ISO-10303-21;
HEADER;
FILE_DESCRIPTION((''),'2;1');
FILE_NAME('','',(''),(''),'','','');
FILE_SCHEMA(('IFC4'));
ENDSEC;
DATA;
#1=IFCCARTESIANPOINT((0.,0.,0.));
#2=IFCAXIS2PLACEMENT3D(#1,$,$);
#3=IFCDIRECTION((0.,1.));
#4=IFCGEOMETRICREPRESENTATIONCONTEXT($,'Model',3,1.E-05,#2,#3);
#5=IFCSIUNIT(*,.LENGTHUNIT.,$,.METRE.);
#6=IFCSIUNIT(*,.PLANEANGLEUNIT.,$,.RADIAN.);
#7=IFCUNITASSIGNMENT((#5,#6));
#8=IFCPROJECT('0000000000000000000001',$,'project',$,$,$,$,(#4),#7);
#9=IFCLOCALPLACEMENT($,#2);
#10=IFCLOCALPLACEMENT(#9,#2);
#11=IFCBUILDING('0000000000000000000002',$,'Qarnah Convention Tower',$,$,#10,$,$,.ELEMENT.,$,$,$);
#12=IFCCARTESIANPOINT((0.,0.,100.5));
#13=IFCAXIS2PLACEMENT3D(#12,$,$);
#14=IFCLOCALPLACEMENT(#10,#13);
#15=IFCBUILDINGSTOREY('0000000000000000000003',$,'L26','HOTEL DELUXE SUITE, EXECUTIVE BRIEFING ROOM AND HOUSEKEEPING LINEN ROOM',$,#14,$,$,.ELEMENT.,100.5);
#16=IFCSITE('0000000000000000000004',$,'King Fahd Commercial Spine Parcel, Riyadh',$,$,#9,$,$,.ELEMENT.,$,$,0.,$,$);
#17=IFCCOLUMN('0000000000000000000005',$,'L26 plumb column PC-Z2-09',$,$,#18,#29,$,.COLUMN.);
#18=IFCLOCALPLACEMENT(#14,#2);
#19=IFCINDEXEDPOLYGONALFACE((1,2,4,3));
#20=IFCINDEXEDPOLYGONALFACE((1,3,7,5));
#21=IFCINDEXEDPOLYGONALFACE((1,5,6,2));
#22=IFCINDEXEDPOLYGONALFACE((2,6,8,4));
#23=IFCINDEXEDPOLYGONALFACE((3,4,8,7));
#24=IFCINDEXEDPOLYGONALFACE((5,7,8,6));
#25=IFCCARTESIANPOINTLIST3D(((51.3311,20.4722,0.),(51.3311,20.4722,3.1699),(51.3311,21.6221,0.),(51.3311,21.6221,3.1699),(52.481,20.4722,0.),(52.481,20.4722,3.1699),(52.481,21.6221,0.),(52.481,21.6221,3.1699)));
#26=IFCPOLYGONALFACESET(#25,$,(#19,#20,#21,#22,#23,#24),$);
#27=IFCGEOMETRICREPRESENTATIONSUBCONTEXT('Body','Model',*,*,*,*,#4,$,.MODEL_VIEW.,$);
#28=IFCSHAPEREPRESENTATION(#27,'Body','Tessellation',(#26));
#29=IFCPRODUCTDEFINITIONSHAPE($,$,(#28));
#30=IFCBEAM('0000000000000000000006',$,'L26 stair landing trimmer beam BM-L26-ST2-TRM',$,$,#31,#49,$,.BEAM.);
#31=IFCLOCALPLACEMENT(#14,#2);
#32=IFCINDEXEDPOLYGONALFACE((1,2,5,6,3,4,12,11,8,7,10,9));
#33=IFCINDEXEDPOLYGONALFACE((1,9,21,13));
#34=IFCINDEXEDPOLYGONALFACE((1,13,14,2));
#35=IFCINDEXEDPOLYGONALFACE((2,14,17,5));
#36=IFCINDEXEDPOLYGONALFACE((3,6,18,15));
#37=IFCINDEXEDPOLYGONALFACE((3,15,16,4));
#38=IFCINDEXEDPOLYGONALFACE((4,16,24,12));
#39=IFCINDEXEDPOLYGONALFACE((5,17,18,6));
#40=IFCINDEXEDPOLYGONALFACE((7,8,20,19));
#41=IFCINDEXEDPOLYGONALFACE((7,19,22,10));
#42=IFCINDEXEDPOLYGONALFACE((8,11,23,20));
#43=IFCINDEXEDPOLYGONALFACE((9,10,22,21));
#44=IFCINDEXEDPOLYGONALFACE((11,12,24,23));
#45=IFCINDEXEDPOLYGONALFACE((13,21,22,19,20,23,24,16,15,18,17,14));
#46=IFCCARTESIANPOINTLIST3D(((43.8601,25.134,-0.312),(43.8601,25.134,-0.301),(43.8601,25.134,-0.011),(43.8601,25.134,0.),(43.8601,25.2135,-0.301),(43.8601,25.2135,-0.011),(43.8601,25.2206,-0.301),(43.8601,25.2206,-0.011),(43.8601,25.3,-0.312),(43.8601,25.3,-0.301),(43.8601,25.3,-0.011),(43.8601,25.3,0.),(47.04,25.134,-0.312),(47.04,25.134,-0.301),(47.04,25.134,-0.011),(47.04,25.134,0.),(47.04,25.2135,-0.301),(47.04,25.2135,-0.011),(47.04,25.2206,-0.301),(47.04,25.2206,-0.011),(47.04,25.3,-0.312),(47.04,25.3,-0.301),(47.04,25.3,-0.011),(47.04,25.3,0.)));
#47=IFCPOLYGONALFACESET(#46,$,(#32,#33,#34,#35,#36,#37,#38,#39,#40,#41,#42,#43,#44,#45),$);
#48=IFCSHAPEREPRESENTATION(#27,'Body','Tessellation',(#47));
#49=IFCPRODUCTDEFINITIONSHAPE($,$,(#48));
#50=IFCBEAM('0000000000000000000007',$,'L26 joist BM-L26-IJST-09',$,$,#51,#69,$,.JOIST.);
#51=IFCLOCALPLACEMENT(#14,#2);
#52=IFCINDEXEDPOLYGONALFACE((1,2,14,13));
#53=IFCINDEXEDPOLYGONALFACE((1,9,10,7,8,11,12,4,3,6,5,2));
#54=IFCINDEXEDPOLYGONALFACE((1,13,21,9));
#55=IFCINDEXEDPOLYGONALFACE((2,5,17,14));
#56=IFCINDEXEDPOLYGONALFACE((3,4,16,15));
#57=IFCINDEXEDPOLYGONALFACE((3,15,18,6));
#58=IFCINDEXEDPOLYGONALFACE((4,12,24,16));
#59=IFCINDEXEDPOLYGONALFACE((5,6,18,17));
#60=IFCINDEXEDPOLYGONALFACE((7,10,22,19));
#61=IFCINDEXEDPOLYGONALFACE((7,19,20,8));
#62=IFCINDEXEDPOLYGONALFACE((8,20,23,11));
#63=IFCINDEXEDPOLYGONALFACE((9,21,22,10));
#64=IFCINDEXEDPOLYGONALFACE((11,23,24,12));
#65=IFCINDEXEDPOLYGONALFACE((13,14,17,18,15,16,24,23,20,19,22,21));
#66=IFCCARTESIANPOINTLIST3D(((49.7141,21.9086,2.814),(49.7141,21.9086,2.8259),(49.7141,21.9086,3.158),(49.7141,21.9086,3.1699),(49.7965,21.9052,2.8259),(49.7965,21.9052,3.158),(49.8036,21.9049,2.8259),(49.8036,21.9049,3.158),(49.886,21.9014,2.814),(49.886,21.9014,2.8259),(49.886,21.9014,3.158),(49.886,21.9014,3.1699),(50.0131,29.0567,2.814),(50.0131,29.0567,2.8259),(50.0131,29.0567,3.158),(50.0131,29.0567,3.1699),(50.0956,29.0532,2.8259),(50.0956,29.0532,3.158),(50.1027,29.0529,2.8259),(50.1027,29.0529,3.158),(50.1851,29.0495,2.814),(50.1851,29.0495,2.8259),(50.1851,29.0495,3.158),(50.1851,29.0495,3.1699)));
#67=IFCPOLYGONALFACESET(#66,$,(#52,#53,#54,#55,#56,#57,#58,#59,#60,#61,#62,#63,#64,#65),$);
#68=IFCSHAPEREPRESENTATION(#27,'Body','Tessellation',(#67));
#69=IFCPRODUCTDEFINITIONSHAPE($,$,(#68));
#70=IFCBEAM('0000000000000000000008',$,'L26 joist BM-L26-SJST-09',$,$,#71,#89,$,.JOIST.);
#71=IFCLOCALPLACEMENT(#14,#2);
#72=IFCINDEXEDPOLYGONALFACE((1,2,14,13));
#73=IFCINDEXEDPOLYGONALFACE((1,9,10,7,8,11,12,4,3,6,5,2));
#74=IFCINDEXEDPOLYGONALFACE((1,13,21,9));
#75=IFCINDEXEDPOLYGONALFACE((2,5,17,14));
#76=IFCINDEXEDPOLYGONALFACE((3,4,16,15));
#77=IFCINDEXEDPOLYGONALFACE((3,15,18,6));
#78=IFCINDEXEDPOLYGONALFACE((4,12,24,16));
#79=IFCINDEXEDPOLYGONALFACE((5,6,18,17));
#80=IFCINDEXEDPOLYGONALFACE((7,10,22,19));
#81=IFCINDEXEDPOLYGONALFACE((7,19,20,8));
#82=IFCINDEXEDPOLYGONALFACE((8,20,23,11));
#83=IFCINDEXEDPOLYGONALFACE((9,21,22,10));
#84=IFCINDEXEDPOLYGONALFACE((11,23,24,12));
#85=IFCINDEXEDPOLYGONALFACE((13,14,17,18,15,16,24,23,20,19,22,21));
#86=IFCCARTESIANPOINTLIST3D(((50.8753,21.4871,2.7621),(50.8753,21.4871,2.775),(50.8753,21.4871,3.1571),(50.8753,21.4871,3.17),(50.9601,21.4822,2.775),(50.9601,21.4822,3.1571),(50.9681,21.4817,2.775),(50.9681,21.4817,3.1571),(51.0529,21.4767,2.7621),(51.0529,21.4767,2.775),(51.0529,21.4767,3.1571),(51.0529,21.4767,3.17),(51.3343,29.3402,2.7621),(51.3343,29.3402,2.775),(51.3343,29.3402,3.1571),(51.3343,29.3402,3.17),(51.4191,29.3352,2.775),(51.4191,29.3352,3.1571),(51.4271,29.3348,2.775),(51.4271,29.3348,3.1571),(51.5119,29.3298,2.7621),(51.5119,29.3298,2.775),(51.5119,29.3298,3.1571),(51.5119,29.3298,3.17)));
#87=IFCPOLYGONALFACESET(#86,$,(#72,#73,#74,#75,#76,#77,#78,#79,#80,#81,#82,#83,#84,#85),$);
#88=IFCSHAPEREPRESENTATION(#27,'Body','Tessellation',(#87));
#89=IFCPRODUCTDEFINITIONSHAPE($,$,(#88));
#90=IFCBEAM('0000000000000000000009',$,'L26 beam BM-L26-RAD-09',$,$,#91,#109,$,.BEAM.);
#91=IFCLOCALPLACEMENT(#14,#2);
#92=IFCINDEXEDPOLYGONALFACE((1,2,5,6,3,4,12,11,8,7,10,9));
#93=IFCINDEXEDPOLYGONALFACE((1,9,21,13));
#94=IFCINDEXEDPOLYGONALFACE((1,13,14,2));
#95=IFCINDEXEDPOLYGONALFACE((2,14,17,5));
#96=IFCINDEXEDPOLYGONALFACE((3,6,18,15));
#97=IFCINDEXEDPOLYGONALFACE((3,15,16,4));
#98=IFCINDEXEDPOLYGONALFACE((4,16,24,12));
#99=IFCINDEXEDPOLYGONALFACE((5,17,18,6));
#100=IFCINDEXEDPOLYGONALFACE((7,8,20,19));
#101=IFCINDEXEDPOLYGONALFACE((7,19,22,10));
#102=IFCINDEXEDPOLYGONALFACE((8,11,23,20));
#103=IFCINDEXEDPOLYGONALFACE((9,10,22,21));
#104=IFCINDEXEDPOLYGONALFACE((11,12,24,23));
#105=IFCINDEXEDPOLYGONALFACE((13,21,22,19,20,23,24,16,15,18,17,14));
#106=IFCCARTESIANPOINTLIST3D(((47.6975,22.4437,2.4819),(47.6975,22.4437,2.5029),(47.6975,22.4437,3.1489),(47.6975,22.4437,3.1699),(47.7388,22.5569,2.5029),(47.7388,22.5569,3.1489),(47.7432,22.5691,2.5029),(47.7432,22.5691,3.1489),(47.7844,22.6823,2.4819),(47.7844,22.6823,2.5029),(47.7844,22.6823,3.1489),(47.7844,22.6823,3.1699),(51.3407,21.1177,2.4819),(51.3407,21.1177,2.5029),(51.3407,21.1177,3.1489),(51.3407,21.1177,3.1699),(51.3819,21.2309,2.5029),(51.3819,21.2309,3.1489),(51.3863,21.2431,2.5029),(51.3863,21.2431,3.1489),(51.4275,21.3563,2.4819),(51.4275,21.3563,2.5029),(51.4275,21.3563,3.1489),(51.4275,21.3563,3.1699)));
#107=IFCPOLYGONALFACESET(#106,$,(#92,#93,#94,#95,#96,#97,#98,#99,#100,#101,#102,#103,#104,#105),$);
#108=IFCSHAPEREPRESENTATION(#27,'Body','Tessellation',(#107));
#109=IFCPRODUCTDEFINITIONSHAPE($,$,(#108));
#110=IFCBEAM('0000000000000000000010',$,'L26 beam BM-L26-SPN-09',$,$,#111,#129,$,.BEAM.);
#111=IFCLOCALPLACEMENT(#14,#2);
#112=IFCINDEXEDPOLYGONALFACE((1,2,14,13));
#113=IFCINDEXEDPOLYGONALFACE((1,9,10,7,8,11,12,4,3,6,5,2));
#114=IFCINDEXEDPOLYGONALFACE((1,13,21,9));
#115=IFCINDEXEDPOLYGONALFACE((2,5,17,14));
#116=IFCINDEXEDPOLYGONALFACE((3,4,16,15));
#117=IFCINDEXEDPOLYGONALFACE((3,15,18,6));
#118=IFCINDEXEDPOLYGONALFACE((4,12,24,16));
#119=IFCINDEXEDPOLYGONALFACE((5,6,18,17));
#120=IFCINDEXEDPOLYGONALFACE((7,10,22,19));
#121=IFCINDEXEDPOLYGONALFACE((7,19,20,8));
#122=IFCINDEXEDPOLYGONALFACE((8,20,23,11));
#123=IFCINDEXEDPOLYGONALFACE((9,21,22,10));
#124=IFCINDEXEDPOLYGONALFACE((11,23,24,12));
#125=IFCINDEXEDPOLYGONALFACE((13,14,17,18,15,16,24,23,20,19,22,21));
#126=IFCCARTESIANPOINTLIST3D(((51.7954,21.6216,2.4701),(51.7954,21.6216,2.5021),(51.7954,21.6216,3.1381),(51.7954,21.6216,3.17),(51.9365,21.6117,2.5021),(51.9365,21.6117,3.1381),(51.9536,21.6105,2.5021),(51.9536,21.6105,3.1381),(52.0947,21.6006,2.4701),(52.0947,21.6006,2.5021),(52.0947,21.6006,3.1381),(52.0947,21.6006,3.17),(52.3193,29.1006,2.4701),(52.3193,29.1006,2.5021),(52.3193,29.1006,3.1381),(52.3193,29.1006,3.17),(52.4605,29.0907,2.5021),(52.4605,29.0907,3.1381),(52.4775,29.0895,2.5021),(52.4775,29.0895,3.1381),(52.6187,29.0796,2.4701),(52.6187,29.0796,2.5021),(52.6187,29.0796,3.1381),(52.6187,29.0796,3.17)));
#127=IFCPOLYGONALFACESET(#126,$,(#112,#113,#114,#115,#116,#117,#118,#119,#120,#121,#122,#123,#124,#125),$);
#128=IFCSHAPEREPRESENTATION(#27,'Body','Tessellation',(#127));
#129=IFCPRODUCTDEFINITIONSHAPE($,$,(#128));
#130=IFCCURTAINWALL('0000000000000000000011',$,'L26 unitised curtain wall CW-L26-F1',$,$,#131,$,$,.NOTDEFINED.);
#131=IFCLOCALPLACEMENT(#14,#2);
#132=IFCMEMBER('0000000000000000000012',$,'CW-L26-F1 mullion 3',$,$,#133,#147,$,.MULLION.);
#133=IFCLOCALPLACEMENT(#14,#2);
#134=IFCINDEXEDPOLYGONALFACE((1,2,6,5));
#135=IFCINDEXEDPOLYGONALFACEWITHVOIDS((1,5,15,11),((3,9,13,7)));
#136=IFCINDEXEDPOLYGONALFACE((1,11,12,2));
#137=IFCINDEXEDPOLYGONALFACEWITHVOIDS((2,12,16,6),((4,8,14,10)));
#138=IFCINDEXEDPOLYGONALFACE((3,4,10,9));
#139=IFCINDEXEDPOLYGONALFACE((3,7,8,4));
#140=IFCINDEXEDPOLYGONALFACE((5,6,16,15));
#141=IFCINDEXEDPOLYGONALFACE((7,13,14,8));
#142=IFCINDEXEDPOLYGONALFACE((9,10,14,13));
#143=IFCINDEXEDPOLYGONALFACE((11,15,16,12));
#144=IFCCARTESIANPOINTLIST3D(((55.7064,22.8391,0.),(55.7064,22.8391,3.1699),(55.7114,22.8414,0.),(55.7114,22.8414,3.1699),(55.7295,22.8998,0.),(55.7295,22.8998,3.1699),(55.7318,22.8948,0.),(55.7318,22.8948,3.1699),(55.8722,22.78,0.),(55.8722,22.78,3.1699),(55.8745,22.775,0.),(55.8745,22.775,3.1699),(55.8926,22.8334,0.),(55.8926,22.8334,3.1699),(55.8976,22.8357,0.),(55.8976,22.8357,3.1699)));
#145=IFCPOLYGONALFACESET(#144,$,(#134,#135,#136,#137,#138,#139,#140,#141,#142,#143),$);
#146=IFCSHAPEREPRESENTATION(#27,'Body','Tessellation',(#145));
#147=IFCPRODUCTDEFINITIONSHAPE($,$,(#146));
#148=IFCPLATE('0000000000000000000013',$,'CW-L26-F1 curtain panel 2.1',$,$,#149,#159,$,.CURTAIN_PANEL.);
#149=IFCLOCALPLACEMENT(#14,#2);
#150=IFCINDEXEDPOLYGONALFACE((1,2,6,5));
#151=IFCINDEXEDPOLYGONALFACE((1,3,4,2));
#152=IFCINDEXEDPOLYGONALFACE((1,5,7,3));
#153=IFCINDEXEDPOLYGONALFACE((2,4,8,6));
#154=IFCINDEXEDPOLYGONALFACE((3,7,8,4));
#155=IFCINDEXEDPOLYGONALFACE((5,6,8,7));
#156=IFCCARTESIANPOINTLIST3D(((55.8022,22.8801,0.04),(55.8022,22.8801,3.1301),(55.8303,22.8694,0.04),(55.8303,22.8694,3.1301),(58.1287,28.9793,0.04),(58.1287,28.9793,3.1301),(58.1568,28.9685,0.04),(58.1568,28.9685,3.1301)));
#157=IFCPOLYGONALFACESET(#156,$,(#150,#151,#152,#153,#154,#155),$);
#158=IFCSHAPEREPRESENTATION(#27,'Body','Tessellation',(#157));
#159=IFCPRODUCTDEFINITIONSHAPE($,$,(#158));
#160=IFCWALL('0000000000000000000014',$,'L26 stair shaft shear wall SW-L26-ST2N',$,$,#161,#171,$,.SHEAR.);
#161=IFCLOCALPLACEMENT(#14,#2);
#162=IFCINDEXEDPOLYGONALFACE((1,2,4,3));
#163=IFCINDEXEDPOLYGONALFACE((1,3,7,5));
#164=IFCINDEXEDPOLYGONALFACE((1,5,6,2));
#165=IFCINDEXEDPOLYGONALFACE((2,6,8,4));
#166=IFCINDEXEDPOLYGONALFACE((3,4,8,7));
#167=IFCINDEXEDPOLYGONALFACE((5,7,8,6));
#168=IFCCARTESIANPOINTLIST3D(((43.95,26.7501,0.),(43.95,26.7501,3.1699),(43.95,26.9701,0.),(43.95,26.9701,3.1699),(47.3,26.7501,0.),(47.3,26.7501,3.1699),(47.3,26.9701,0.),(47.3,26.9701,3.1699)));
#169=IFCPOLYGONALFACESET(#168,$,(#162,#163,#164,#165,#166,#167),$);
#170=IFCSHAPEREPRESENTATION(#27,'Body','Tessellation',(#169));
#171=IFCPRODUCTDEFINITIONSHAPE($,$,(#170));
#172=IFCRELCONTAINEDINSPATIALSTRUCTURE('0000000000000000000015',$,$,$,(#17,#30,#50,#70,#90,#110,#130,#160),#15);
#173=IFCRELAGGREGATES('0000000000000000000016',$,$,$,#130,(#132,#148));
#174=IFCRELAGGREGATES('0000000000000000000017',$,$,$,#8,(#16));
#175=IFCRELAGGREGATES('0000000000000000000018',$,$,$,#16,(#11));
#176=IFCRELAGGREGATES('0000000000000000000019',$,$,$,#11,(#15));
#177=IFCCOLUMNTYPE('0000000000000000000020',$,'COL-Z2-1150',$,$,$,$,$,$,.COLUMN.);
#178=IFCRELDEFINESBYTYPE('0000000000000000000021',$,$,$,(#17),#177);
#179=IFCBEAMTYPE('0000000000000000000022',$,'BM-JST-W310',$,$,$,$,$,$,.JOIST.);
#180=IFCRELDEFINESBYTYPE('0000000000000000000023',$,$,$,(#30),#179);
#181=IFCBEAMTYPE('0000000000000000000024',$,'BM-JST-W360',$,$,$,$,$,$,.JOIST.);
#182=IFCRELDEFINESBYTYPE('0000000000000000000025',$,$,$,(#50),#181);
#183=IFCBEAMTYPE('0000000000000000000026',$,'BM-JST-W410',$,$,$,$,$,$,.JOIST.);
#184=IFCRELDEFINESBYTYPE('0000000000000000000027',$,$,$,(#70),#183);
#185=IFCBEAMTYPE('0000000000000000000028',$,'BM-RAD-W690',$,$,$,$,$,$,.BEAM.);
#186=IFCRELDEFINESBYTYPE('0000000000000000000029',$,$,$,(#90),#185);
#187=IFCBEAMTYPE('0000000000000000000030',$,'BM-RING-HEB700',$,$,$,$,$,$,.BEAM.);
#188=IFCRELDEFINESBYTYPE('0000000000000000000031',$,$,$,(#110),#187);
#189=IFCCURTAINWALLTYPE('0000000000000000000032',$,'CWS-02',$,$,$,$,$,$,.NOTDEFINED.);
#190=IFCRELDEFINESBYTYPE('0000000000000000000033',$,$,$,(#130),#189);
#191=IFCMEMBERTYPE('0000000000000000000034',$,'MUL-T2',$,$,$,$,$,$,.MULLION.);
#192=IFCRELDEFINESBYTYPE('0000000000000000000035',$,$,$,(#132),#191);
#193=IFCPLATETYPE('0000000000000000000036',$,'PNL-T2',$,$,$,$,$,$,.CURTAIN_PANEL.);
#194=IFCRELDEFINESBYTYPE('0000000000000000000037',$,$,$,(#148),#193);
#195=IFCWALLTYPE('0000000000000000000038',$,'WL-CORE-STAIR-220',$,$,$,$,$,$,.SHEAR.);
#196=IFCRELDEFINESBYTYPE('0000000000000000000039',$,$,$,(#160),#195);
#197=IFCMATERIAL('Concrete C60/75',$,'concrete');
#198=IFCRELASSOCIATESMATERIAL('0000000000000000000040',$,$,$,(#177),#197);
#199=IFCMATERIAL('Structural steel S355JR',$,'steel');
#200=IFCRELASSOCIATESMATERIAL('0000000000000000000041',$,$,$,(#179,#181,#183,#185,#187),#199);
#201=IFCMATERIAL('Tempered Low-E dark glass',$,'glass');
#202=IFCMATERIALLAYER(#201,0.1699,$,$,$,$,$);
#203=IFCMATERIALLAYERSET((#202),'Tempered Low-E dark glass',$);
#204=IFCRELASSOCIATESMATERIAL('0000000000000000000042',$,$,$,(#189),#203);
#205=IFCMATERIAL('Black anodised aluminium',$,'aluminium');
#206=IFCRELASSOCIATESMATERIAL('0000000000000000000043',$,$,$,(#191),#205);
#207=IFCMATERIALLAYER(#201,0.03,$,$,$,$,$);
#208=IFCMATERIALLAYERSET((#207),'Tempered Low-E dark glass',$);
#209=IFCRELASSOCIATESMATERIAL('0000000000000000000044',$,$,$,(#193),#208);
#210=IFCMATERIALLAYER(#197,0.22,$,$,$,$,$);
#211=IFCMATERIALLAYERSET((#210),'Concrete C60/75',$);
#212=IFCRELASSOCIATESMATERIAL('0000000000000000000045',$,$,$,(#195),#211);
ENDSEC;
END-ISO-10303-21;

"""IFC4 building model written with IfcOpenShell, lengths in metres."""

from ifc_helpers import new_model, si_unit, direction, frame, frame_2d, origin, origin_2d, place, context, subcontext, project, spatial, rectangle, hollow_rectangle, i_section, extrude, material, layer, layer_set, material_profile, profile_set, type_object, element, aggregate, save


model = new_model("IFC4")

# Units and contexts
model_context = context("Model", 3, precision=1e-05, world=origin(), true_north=direction((0.0, 1.0)))
body_context = subcontext(model_context, "Body", "Model", "MODEL_VIEW")
ifc_project = project(units=[si_unit("LENGTHUNIT", "METRE"), si_unit("PLANEANGLEUNIT", "RADIAN")], contexts=[model_context])

# Site, building, storey
site_placement = place(None, origin())
site = spatial("IfcSite", under=ifc_project, at=site_placement, Name="King Fahd Commercial Spine Parcel, Riyadh", CompositionType="ELEMENT", RefElevation=0.0)
building_placement = place(site_placement, origin())
building = spatial("IfcBuilding", under=site, at=building_placement, Name="Qarnah Convention Tower", CompositionType="ELEMENT")
storey_placement = place(building_placement, frame((0.0, 0.0, 100.5)))
storey = spatial("IfcBuildingStorey", under=building, at=storey_placement, Name="L26", Description="HOTEL DELUXE SUITE, EXECUTIVE BRIEFING ROOM AND HOUSEKEEPING LINEN ROOM", CompositionType="ELEMENT", Elevation=100.5)

# Column
ifc_material_1 = material(Name="Concrete C60/75", Category="concrete")
ifc_material_profile_1 = material_profile(ifc_material_1, rectangle(XDim=1.1499, YDim=1.1499, at=origin_2d()), Name="RC-COL-1150X1150")
ifc_profile_set_1 = profile_set([ifc_material_profile_1], Name="Concrete C60/75")
column_type = type_object("IfcColumnType", Name="COL-Z2-1150", PredefinedType="COLUMN", material=ifc_profile_set_1)
column_placement = place(storey_placement, frame((51.906, 21.0471, 0.0), z_axis=(0.0, 0.0, 1.0), x_axis=(1.0, 0.0, 0.0)))
element("IfcColumn", 1, at=column_placement, inside=storey, type_object=column_type, Name="L26 plumb column PC-Z2-09", PredefinedType="COLUMN", context=body_context, shape_type="SweptSolid", body=[
    extrude(rectangle(XDim=1.1499, YDim=1.1499, at=origin_2d()), origin(), (0.0, 0.0, 1.0), 3.1699),
])

# Beams
ifc_material_2 = material(Name="Structural steel S355JR", Category="steel")
ifc_material_profile_2 = material_profile(ifc_material_2, i_section(OverallWidth=0.166, OverallDepth=0.312, WebThickness=0.0071, FlangeThickness=0.011, at=origin_2d()), Name="W310X45")
ifc_profile_set_2 = profile_set([ifc_material_profile_2], Name="Structural steel S355JR")
beam_type_1 = type_object("IfcBeamType", Name="BM-JST-W310", PredefinedType="JOIST", material=ifc_profile_set_2)
beam_1_placement = place(storey_placement, frame((43.8601, 25.217, -0.156), z_axis=(1.0, 0.0, 0.0), x_axis=(0.0, 1.0, 0.0)))
element("IfcBeam", 2, at=beam_1_placement, inside=storey, type_object=beam_type_1, Name="L26 stair landing trimmer beam BM-L26-ST2-TRM", PredefinedType="BEAM", context=body_context, shape_type="SweptSolid", body=[
    extrude(i_section(OverallWidth=0.166, OverallDepth=0.312, WebThickness=0.0071, FlangeThickness=0.011, at=origin_2d()), origin(), (0.0, 0.0, 1.0), 3.1799),
])
ifc_material_profile_3 = material_profile(ifc_material_2, i_section(OverallWidth=0.1721, OverallDepth=0.356, WebThickness=0.0071, FlangeThickness=0.012, at=origin_2d()), Name="W360X51")
ifc_profile_set_3 = profile_set([ifc_material_profile_3], Name="Structural steel S355JR")
beam_type_2 = type_object("IfcBeamType", Name="BM-JST-W360", PredefinedType="JOIST", material=ifc_profile_set_3)
beam_2_placement = place(storey_placement, frame((49.8, 21.905, 2.9919), z_axis=(0.041804, 0.999126, 0.0), x_axis=(-0.999126, 0.041804, 0.0)))
element("IfcBeam", 3, at=beam_2_placement, inside=storey, type_object=beam_type_2, Name="L26 joist BM-L26-IJST-09", PredefinedType="JOIST", context=body_context, shape_type="SweptSolid", body=[
    extrude(i_section(OverallWidth=0.1721, OverallDepth=0.356, WebThickness=0.0071, FlangeThickness=0.012, at=origin_2d()), origin(), (0.0, 0.0, 1.0), 7.1543),
])
ifc_material_profile_4 = material_profile(ifc_material_2, i_section(OverallWidth=0.178, OverallDepth=0.408, WebThickness=0.0081, FlangeThickness=0.0129, at=origin_2d()), Name="W410X60")
ifc_profile_set_4 = profile_set([ifc_material_profile_4], Name="Structural steel S355JR")
beam_type_3 = type_object("IfcBeamType", Name="BM-JST-W410", PredefinedType="JOIST", material=ifc_profile_set_4)
beam_3_placement = place(storey_placement, frame((50.9641, 21.4819, 2.9661), z_axis=(0.058347, 0.998296, 0.0), x_axis=(-0.998296, 0.058347, 0.0)))
element("IfcBeam", 4, at=beam_3_placement, inside=storey, type_object=beam_type_3, Name="L26 joist BM-L26-SJST-09", PredefinedType="JOIST", context=body_context, shape_type="SweptSolid", body=[
    extrude(i_section(OverallWidth=0.178, OverallDepth=0.408, WebThickness=0.0081, FlangeThickness=0.0129, at=origin_2d()), origin(), (0.0, 0.0, 1.0), 7.8665),
])
ifc_material_profile_5 = material_profile(ifc_material_2, i_section(OverallWidth=0.2539, OverallDepth=0.688, WebThickness=0.0129, FlangeThickness=0.021, at=origin_2d()), Name="W690X152")
ifc_profile_set_5 = profile_set([ifc_material_profile_5], Name="Structural steel S355JR")
beam_type_4 = type_object("IfcBeamType", Name="BM-RAD-W690", PredefinedType="BEAM", material=ifc_profile_set_5)
beam_4_placement = place(storey_placement, frame((47.741, 22.563, 2.8259), z_axis=(0.939696, -0.342011, 0.0), x_axis=(0.342011, 0.939696, 0.0)))
element("IfcBeam", 5, at=beam_4_placement, inside=storey, type_object=beam_type_4, Name="L26 beam BM-L26-RAD-09", PredefinedType="BEAM", context=body_context, shape_type="SweptSolid", body=[
    extrude(i_section(OverallWidth=0.2539, OverallDepth=0.688, WebThickness=0.0129, FlangeThickness=0.021, at=origin_2d()), origin(), (0.0, 0.0, 1.0), 3.877),
])
ifc_material_profile_6 = material_profile(ifc_material_2, i_section(OverallWidth=0.3, OverallDepth=0.7, WebThickness=0.0171, FlangeThickness=0.032, at=origin_2d()), Name="HEB700")
ifc_profile_set_6 = profile_set([ifc_material_profile_6], Name="Structural steel S355JR")
beam_type_5 = type_object("IfcBeamType", Name="BM-RING-HEB700", PredefinedType="BEAM", material=ifc_profile_set_6)
beam_5_placement = place(storey_placement, frame((51.9451, 21.6111, 2.8201), z_axis=(0.069882, 0.997555, 0.0), x_axis=(-0.997555, 0.069882, 0.0)))
element("IfcBeam", 6, at=beam_5_placement, inside=storey, type_object=beam_type_5, Name="L26 beam BM-L26-SPN-09", PredefinedType="BEAM", context=body_context, shape_type="SweptSolid", body=[
    extrude(i_section(OverallWidth=0.3, OverallDepth=0.7, WebThickness=0.0171, FlangeThickness=0.032, at=origin_2d()), origin(), (0.0, 0.0, 1.0), 7.4973),
])

# Curtain wall, member, plate
ifc_material_3 = material(Name="Tempered Low-E dark glass", Category="glass")
ifc_layer_1 = layer(ifc_material_3, 0.1699)
ifc_layer_set_1 = layer_set([ifc_layer_1], Name="Tempered Low-E dark glass")
curtain_wall_type = type_object("IfcCurtainWallType", Name="CWS-02", PredefinedType="NOTDEFINED", material=ifc_layer_set_1)
curtain_wall_placement = place(storey_placement, origin())
curtain_wall = element("IfcCurtainWall", 7, at=curtain_wall_placement, inside=storey, type_object=curtain_wall_type, Name="L26 unitised curtain wall CW-L26-F1", PredefinedType="NOTDEFINED")
ifc_material_4 = material(Name="Black anodised aluminium", Category="aluminium")
ifc_material_profile_7 = material_profile(ifc_material_4, hollow_rectangle(XDim=0.0649, YDim=0.1799, WallThickness=0.0039, at=origin_2d()), Name="MUL-65X180")
ifc_profile_set_7 = profile_set([ifc_material_profile_7], Name="Black anodised aluminium")
member_type = type_object("IfcMemberType", Name="MUL-T2", PredefinedType="MULLION", material=ifc_profile_set_7)
member_placement = place(storey_placement, frame((55.802, 22.8374, 0.0), z_axis=(0.0, 0.0, 1.0), x_axis=(-0.356402, -0.934333, 0.0)))
member = element("IfcMember", 8, at=member_placement, type_object=member_type, Name="CW-L26-F1 mullion 3", PredefinedType="MULLION", context=body_context, shape_type="SweptSolid", body=[
    extrude(hollow_rectangle(XDim=0.0649, YDim=0.1799, WallThickness=0.0039, at=origin_2d()), origin(), (0.0, 0.0, 1.0), 3.1699),
])
ifc_layer_2 = layer(ifc_material_3, 0.03)
ifc_layer_set_2 = layer_set([ifc_layer_2], Name="Tempered Low-E dark glass")
plate_type = type_object("IfcPlateType", Name="PNL-T2", PredefinedType="CURTAIN_PANEL", material=ifc_layer_set_2)
plate_placement = place(storey_placement, frame((56.9795, 25.9243, 0.04), z_axis=(0.0, 0.0, 1.0), x_axis=(-0.356402, -0.934333, 0.0)))
plate = element("IfcPlate", 9, at=plate_placement, type_object=plate_type, Name="CW-L26-F1 curtain panel 2.1", PredefinedType="CURTAIN_PANEL", context=body_context, shape_type="SweptSolid", body=[
    extrude(rectangle(XDim=6.5278, YDim=0.03, at=origin_2d()), origin(), (0.0, 0.0, 1.0), 3.0901),
])
aggregate(curtain_wall, [member, plate])

# Wall
ifc_layer_3 = layer(ifc_material_1, 0.22)
ifc_layer_set_3 = layer_set([ifc_layer_3], Name="Concrete C60/75")
wall_type_1 = type_object("IfcWallType", Name="WL-CORE-STAIR-220", PredefinedType="SHEAR", material=ifc_layer_set_3)
wall_placement = place(storey_placement, frame((43.95, 26.8601, 0.0), z_axis=(0.0, 0.0, 1.0), x_axis=(1.0, 0.0, 0.0)))
element("IfcWall", 10, at=wall_placement, inside=storey, type_object=wall_type_1, Name="L26 stair shaft shear wall SW-L26-ST2N", PredefinedType="SHEAR", context=body_context, shape_type="SweptSolid", body=[
    extrude(rectangle(XDim=3.3501, YDim=0.22, at=frame_2d((1.675, 0.0))), origin(), (0.0, 0.0, 1.0), 3.1699),
])

save(model, "model.ifc")
